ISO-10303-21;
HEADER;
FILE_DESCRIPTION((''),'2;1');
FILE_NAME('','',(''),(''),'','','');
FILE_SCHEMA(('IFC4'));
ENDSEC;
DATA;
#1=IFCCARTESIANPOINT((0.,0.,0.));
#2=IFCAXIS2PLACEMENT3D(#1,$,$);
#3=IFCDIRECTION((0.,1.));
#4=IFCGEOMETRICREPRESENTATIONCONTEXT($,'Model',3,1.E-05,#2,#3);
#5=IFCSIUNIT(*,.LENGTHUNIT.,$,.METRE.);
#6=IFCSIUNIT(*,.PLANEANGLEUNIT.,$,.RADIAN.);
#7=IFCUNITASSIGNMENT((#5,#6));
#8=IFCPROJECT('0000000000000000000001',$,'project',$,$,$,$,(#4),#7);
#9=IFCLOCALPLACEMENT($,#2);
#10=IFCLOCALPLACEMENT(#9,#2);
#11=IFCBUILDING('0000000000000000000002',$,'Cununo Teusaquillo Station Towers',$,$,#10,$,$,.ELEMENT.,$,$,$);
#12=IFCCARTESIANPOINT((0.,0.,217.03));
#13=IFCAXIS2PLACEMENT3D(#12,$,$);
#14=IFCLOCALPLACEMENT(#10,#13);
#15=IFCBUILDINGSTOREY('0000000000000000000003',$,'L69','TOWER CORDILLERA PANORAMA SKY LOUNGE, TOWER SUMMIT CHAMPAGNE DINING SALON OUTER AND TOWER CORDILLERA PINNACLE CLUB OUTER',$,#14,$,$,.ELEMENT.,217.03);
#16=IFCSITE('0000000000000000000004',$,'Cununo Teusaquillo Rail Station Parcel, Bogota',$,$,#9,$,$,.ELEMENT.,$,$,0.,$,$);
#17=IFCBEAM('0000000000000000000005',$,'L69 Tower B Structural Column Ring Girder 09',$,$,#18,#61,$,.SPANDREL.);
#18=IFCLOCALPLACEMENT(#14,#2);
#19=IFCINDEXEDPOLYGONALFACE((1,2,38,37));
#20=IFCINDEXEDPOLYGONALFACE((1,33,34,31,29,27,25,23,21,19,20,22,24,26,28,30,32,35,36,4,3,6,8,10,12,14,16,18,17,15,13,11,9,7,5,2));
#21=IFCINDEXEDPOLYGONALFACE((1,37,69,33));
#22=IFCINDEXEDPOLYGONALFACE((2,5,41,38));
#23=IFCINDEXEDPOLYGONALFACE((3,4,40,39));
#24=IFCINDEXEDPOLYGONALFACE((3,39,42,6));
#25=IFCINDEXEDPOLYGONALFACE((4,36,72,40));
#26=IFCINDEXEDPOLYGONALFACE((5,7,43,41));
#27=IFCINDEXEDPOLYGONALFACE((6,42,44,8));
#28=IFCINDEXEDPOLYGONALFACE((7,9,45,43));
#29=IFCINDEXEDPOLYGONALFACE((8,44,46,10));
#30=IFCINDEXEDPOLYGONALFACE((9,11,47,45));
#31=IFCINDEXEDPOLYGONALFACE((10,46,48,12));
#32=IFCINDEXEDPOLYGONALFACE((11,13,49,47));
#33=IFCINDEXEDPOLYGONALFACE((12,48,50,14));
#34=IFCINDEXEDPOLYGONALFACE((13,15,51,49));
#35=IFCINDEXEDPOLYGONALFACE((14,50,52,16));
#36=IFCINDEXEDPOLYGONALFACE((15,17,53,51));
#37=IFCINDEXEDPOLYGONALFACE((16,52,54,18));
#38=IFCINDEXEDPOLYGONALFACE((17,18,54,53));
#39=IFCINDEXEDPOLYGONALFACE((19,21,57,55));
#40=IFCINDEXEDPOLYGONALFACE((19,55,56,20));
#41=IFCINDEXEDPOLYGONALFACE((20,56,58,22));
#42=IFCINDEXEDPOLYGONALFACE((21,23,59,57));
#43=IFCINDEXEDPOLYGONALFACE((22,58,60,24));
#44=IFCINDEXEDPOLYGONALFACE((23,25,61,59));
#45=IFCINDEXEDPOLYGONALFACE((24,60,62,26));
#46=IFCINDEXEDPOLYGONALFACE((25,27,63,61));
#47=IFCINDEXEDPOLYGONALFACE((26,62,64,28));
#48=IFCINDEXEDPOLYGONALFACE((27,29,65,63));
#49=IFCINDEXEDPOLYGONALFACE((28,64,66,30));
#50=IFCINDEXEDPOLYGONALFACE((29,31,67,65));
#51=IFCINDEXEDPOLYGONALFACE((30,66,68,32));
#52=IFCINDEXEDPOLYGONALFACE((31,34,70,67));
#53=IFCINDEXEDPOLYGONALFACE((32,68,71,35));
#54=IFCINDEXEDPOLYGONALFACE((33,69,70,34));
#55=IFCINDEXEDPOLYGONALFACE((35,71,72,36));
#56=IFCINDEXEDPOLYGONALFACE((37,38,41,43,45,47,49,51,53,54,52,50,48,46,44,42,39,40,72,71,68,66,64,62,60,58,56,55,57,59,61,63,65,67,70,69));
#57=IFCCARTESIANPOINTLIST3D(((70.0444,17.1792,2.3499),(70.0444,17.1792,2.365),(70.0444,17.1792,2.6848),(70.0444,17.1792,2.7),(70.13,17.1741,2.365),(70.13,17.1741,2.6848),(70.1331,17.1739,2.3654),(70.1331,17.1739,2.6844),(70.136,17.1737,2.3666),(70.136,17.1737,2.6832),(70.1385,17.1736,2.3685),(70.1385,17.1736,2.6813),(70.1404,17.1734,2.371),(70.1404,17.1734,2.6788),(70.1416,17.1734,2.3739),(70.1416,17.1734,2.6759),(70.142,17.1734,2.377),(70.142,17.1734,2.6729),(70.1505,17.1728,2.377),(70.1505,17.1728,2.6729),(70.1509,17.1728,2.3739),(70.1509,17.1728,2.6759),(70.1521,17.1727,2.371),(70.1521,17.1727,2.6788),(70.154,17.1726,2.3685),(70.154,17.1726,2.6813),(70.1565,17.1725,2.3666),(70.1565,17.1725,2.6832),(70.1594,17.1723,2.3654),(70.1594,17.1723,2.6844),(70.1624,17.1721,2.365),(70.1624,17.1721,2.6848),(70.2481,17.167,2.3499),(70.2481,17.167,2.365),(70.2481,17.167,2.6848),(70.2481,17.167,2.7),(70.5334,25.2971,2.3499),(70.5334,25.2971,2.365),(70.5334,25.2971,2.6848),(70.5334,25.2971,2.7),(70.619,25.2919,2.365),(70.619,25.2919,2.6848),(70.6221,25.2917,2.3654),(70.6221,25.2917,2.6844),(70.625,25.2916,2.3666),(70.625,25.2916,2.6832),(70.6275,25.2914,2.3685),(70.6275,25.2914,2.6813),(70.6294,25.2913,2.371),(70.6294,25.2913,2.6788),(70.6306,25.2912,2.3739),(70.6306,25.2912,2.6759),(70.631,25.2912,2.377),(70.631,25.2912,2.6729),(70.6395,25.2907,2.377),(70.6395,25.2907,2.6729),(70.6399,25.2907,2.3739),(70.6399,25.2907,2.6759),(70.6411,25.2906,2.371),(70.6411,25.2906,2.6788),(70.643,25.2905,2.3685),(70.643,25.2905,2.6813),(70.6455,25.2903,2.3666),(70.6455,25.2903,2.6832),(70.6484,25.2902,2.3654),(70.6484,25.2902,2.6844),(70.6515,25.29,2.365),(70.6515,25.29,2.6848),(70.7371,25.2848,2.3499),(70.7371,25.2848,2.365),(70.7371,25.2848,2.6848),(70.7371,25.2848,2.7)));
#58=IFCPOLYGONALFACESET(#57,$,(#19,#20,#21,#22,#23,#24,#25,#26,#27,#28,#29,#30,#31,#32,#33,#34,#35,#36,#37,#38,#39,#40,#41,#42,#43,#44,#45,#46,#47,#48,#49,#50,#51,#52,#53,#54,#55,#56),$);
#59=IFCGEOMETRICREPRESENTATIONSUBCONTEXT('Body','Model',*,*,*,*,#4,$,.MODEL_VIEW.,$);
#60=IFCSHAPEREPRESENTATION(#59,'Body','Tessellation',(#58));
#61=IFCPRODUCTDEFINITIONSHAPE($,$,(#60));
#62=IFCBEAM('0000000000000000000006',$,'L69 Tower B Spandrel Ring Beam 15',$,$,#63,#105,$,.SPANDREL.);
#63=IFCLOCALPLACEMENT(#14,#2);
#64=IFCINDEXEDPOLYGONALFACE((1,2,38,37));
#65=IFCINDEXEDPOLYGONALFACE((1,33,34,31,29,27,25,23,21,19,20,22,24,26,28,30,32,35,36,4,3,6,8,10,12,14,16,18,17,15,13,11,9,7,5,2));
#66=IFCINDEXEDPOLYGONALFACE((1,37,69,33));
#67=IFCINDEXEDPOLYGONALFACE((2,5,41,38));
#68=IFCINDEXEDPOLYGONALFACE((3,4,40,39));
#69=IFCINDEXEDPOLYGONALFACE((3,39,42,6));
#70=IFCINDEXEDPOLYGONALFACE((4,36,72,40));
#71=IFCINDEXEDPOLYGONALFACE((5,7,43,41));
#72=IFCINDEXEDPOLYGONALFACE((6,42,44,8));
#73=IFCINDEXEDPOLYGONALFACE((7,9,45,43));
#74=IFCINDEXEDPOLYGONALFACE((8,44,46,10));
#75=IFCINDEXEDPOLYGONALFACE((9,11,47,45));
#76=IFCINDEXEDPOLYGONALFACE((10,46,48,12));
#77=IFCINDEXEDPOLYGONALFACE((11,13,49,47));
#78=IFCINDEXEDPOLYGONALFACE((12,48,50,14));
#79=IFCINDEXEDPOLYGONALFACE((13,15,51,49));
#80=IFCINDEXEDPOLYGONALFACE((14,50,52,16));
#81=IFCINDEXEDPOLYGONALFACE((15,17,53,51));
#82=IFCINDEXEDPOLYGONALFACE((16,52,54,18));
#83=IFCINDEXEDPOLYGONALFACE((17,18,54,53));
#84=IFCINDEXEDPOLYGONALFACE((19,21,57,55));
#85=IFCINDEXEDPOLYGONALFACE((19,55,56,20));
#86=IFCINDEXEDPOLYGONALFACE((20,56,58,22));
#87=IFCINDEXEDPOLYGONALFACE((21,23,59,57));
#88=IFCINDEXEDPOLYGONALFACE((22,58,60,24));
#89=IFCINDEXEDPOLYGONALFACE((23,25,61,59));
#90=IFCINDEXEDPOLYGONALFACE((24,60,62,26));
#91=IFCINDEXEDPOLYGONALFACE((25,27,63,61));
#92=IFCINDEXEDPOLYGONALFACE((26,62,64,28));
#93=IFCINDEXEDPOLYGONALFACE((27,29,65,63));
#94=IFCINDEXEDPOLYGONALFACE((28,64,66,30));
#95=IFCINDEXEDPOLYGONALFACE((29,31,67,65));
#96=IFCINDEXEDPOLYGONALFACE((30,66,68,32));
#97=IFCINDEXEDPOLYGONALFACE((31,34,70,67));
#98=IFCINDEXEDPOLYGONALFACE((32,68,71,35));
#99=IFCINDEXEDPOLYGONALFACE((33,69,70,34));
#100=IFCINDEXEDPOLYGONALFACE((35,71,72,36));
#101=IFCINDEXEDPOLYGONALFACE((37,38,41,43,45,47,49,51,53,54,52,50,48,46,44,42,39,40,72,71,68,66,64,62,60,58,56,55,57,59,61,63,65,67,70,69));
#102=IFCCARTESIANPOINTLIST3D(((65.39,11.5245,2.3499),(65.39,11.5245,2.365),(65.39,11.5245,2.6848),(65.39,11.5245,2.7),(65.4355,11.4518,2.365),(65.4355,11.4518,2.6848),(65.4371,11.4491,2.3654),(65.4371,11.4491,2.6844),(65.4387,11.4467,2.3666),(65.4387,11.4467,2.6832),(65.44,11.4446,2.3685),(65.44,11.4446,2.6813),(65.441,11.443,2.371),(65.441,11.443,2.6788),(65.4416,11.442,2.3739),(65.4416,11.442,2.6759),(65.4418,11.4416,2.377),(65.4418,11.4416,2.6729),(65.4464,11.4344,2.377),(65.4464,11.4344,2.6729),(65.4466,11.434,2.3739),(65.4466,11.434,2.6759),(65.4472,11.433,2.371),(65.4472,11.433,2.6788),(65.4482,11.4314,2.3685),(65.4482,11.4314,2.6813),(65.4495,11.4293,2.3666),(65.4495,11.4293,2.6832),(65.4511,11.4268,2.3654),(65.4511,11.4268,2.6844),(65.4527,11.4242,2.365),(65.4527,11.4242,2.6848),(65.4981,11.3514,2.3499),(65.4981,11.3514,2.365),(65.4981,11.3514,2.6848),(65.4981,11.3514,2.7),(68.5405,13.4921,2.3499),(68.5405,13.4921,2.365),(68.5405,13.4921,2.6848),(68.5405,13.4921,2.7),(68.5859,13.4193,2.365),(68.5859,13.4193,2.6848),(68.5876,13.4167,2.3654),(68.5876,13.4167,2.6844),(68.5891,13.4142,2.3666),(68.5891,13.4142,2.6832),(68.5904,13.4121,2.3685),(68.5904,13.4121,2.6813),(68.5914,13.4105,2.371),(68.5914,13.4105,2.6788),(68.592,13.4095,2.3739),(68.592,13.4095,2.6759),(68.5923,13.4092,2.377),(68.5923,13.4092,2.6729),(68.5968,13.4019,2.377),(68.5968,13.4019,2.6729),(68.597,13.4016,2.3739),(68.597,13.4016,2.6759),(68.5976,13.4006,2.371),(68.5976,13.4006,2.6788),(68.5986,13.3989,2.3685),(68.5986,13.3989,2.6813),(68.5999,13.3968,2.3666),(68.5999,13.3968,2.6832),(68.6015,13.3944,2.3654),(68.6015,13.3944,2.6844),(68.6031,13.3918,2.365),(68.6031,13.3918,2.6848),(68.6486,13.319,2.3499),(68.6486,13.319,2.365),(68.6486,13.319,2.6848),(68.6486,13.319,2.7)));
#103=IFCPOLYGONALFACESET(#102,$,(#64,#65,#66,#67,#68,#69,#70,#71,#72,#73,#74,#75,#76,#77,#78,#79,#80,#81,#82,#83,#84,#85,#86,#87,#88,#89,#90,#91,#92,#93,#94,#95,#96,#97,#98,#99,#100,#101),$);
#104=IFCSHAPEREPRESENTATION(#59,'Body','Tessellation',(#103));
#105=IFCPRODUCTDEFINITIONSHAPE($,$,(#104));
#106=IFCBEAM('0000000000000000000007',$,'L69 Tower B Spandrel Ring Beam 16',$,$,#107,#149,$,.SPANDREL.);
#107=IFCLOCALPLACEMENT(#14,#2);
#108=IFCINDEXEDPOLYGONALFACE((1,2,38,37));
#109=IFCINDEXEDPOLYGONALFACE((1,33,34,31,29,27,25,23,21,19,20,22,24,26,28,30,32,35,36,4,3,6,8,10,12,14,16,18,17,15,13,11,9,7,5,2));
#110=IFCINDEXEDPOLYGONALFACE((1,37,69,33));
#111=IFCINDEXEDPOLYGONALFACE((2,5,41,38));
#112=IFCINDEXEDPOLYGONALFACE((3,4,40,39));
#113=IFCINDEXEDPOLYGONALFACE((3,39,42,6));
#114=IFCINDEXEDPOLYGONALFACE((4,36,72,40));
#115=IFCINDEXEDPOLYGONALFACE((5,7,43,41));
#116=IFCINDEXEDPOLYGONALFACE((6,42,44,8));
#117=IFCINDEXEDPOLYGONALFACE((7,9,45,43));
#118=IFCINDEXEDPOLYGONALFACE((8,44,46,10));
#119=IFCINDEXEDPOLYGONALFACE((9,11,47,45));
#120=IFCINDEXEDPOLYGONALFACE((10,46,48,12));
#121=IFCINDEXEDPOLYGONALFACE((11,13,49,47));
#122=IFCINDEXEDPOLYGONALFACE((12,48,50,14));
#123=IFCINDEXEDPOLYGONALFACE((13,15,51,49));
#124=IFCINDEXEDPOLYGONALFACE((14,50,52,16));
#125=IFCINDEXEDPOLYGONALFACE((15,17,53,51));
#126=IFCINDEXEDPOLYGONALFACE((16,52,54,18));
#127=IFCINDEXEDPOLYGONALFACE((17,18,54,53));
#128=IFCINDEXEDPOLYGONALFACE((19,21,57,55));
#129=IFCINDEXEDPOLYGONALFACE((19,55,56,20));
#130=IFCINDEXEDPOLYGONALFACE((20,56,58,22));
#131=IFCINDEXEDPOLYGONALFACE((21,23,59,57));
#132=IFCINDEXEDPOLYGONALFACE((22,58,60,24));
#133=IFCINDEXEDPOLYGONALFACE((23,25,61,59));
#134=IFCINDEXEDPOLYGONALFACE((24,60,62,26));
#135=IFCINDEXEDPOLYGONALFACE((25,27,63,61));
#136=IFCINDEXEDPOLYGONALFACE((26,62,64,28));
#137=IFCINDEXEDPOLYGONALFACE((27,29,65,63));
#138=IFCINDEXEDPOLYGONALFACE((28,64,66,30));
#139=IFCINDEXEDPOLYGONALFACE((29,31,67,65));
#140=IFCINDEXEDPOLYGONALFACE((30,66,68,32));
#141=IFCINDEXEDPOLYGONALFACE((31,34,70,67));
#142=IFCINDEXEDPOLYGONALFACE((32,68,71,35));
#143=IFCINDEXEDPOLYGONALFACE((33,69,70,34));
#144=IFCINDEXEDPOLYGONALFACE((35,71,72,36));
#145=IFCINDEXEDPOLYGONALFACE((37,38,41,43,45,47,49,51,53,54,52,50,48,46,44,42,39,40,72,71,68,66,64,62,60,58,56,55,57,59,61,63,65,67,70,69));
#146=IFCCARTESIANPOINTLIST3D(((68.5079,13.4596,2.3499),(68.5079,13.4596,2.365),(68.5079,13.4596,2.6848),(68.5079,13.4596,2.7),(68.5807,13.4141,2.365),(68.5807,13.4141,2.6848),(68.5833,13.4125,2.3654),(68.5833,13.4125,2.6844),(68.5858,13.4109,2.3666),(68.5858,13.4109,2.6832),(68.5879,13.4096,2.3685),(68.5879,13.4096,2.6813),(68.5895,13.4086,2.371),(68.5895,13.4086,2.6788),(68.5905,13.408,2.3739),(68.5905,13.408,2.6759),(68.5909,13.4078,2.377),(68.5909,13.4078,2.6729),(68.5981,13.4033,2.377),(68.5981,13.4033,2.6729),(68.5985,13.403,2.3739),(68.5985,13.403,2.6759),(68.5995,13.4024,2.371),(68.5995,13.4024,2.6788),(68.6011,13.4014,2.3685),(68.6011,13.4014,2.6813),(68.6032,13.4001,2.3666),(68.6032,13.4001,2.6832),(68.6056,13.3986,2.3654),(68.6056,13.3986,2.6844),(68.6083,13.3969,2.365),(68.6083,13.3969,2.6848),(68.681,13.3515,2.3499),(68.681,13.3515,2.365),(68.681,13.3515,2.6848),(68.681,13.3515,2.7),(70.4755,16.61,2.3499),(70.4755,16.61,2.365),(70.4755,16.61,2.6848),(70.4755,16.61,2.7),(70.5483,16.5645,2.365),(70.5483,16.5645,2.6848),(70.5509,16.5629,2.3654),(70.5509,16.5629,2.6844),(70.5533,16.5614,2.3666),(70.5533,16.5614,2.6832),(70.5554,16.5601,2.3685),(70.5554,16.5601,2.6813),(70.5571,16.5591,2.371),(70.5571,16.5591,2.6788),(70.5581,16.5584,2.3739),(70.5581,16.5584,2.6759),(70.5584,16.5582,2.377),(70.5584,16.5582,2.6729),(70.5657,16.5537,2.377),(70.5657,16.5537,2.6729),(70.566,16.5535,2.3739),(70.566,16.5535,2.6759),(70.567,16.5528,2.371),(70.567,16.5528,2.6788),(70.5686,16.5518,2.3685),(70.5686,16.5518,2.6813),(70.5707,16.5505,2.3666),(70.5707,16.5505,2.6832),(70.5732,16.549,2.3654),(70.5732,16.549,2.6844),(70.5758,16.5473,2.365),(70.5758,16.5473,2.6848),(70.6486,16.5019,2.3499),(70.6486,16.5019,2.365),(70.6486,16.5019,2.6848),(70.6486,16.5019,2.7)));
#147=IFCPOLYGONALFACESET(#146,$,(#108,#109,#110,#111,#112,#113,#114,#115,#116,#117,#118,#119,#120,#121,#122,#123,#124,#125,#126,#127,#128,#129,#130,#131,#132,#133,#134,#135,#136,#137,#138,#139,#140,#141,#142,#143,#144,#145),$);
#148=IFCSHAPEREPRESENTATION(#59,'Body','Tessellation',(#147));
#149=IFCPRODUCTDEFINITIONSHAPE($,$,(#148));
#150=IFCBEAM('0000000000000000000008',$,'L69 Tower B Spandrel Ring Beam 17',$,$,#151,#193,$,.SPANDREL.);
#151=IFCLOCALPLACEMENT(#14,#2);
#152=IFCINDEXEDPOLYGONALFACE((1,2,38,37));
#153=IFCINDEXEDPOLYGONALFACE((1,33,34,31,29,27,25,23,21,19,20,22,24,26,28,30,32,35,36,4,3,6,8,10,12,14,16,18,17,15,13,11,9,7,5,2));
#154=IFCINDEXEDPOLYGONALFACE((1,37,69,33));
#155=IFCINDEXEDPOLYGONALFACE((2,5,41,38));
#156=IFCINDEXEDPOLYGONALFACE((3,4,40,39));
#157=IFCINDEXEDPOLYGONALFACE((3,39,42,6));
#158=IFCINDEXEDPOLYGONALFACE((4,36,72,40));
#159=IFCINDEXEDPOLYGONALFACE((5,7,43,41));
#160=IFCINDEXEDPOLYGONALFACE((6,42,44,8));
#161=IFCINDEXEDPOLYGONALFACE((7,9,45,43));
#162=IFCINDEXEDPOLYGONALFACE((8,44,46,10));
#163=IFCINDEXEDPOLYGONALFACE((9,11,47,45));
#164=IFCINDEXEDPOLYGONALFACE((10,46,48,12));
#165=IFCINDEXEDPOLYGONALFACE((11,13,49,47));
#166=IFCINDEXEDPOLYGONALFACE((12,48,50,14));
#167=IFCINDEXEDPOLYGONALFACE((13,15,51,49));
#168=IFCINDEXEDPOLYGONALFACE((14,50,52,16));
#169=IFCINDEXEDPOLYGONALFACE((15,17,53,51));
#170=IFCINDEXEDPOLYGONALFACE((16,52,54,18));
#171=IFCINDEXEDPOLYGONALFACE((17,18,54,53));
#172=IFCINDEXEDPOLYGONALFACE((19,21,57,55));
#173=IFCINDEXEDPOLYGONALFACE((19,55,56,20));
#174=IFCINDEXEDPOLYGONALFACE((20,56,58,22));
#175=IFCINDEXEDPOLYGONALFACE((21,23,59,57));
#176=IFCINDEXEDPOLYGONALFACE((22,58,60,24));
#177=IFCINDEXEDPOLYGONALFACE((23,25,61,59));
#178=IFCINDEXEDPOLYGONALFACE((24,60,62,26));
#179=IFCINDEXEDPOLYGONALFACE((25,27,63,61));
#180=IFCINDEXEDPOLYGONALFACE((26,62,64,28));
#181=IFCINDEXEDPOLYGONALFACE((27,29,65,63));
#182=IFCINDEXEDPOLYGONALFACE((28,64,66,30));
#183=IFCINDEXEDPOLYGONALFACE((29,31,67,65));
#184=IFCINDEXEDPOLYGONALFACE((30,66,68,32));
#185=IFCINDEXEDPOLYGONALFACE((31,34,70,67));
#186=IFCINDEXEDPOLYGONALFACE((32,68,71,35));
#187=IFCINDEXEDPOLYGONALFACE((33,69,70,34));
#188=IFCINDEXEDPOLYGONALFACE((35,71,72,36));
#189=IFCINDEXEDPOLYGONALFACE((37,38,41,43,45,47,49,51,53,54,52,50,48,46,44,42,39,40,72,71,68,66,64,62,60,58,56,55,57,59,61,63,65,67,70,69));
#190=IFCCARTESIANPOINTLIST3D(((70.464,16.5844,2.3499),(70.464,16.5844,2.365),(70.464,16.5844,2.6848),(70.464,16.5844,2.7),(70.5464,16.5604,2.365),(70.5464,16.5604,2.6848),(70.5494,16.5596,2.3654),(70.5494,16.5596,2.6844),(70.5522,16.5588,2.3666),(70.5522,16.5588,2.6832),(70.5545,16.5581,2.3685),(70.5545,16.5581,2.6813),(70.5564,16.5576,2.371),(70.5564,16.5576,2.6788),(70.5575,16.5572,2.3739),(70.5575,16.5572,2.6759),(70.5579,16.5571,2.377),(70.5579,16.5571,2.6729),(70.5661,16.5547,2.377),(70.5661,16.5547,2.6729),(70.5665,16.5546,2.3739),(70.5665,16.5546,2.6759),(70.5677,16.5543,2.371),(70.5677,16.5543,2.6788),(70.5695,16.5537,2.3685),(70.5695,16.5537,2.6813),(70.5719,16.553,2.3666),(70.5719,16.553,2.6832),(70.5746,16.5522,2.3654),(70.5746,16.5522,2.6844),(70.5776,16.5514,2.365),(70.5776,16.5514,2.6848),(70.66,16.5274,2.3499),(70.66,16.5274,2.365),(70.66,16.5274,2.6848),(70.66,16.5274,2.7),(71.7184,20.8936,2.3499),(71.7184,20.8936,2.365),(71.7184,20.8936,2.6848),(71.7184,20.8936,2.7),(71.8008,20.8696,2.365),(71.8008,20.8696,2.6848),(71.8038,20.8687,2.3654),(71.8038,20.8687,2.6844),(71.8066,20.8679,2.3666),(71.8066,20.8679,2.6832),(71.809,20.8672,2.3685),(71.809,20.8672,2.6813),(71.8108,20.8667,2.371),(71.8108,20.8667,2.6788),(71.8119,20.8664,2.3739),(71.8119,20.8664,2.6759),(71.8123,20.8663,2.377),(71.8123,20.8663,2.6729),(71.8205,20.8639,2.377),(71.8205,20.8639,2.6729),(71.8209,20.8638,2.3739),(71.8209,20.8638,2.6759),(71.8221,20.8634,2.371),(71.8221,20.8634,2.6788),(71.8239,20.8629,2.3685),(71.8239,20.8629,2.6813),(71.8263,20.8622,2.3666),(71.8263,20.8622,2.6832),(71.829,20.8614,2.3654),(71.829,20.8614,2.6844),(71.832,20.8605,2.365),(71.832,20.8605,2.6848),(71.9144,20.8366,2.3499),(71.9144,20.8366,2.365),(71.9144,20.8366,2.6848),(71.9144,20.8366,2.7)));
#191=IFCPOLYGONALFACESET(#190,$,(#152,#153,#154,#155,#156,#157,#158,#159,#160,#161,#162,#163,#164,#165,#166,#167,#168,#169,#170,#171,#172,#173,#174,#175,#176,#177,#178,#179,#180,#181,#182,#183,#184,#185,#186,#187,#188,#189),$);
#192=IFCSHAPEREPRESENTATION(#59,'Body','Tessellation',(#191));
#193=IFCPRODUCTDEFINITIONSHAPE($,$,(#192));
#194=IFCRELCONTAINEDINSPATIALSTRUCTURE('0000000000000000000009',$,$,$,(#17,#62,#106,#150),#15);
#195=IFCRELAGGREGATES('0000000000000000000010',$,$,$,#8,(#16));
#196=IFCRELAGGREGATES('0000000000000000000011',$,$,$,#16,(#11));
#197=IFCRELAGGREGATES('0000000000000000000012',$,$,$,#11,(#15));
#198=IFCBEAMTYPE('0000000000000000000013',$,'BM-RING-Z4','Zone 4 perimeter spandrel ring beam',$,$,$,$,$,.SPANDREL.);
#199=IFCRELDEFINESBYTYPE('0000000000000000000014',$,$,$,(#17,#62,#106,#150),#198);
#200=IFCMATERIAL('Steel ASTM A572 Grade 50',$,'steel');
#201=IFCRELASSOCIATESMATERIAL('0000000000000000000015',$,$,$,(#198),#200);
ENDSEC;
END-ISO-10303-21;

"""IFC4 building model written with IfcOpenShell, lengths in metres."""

from ifc_helpers import new_model, si_unit, direction, frame, origin, origin_2d, place, context, subcontext, project, spatial, i_section, extrude, material, material_profile, profile_set, type_object, element, save


model = new_model("IFC4")

# Units and contexts
model_context = context("Model", 3, precision=1e-05, world=origin(), true_north=direction((0.0, 1.0)))
body_context = subcontext(model_context, "Body", "Model", "MODEL_VIEW")
ifc_project = project(units=[si_unit("LENGTHUNIT", "METRE"), si_unit("PLANEANGLEUNIT", "RADIAN")], contexts=[model_context])

# Site, building, storey
site_placement = place(None, origin())
site = spatial("IfcSite", under=ifc_project, at=site_placement, Name="Cununo Teusaquillo Rail Station Parcel, Bogota", CompositionType="ELEMENT", RefElevation=0.0)
building_placement = place(site_placement, origin())
building = spatial("IfcBuilding", under=site, at=building_placement, Name="Cununo Teusaquillo Station Towers", CompositionType="ELEMENT")
storey_placement = place(building_placement, frame((0.0, 0.0, 217.03)))
storey = spatial("IfcBuildingStorey", under=building, at=storey_placement, Name="L69", Description="TOWER CORDILLERA PANORAMA SKY LOUNGE, TOWER SUMMIT CHAMPAGNE DINING SALON OUTER AND TOWER CORDILLERA PINNACLE CLUB OUTER", CompositionType="ELEMENT", Elevation=217.03)

# Beams
ifc_material_1 = material(Name="Steel ASTM A572 Grade 50", Category="steel")
ifc_material_profile_1 = material_profile(ifc_material_1, i_section(OverallWidth=0.2041, OverallDepth=0.3501, WebThickness=0.0085, FlangeThickness=0.0151, FilletRadius=0.012, at=origin_2d()), Name="W14X48")
ifc_profile_set_1 = profile_set([ifc_material_profile_1], Name="Steel ASTM A572 Grade 50")
beam_type_1 = type_object("IfcBeamType", Name="BM-RING-Z4", Description="Zone 4 perimeter spandrel ring beam", PredefinedType="SPANDREL", material=ifc_profile_set_1)
beam_1_placement = place(storey_placement, frame((70.1462, 17.1731, 2.5249), z_axis=(0.06013, 0.998191, 0.0), x_axis=(-0.998191, 0.06013, 0.0)))
element("IfcBeam", 1, at=beam_1_placement, inside=storey, type_object=beam_type_1, Name="L69 Tower B Structural Column Ring Girder 09", PredefinedType="SPANDREL", context=body_context, shape_type="SweptSolid", body=[
    extrude(i_section(OverallWidth=0.2041, OverallDepth=0.3501, WebThickness=0.0085, FlangeThickness=0.0151, FilletRadius=0.012, at=origin_2d()), origin(), (0.0, 0.0, 1.0), 8.1326),
])
for number, where, z_axis, x_axis, name in (
    (2, (65.4441, 11.438, 2.5249), (0.848176, 0.529715, 0.0), (-0.529715, 0.848176, 0.0), "L69 Tower B Spandrel Ring Beam 15"),
    (3, (68.5945, 13.4055, 2.5249), (0.529715, 0.848176, 0.0), (-0.848176, 0.529715, 0.0), "L69 Tower B Spandrel Ring Beam 16"),
):
    element("IfcBeam", number, at=place(storey_placement, frame(where, z_axis=z_axis, x_axis=x_axis)), inside=storey, type_object=beam_type_1, Name=name, PredefinedType="SPANDREL", context=body_context, shape_type="SweptSolid", body=[
        extrude(i_section(OverallWidth=0.2041, OverallDepth=0.3501, WebThickness=0.0085, FlangeThickness=0.0151, FilletRadius=0.012, at=origin_2d()), origin(), (0.0, 0.0, 1.0), 3.7144),
    ])
beam_2_placement = place(storey_placement, frame((70.562, 16.5559, 2.5249), z_axis=(0.279503, 0.960145, 0.0), x_axis=(-0.960145, 0.279503, 0.0)))
element("IfcBeam", 4, at=beam_2_placement, inside=storey, type_object=beam_type_1, Name="L69 Tower B Spandrel Ring Beam 17", PredefinedType="SPANDREL", context=body_context, shape_type="SweptSolid", body=[
    extrude(i_section(OverallWidth=0.2041, OverallDepth=0.3501, WebThickness=0.0085, FlangeThickness=0.0151, FilletRadius=0.012, at=origin_2d()), origin(), (0.0, 0.0, 1.0), 4.488),
])

save(model, "model.ifc")
